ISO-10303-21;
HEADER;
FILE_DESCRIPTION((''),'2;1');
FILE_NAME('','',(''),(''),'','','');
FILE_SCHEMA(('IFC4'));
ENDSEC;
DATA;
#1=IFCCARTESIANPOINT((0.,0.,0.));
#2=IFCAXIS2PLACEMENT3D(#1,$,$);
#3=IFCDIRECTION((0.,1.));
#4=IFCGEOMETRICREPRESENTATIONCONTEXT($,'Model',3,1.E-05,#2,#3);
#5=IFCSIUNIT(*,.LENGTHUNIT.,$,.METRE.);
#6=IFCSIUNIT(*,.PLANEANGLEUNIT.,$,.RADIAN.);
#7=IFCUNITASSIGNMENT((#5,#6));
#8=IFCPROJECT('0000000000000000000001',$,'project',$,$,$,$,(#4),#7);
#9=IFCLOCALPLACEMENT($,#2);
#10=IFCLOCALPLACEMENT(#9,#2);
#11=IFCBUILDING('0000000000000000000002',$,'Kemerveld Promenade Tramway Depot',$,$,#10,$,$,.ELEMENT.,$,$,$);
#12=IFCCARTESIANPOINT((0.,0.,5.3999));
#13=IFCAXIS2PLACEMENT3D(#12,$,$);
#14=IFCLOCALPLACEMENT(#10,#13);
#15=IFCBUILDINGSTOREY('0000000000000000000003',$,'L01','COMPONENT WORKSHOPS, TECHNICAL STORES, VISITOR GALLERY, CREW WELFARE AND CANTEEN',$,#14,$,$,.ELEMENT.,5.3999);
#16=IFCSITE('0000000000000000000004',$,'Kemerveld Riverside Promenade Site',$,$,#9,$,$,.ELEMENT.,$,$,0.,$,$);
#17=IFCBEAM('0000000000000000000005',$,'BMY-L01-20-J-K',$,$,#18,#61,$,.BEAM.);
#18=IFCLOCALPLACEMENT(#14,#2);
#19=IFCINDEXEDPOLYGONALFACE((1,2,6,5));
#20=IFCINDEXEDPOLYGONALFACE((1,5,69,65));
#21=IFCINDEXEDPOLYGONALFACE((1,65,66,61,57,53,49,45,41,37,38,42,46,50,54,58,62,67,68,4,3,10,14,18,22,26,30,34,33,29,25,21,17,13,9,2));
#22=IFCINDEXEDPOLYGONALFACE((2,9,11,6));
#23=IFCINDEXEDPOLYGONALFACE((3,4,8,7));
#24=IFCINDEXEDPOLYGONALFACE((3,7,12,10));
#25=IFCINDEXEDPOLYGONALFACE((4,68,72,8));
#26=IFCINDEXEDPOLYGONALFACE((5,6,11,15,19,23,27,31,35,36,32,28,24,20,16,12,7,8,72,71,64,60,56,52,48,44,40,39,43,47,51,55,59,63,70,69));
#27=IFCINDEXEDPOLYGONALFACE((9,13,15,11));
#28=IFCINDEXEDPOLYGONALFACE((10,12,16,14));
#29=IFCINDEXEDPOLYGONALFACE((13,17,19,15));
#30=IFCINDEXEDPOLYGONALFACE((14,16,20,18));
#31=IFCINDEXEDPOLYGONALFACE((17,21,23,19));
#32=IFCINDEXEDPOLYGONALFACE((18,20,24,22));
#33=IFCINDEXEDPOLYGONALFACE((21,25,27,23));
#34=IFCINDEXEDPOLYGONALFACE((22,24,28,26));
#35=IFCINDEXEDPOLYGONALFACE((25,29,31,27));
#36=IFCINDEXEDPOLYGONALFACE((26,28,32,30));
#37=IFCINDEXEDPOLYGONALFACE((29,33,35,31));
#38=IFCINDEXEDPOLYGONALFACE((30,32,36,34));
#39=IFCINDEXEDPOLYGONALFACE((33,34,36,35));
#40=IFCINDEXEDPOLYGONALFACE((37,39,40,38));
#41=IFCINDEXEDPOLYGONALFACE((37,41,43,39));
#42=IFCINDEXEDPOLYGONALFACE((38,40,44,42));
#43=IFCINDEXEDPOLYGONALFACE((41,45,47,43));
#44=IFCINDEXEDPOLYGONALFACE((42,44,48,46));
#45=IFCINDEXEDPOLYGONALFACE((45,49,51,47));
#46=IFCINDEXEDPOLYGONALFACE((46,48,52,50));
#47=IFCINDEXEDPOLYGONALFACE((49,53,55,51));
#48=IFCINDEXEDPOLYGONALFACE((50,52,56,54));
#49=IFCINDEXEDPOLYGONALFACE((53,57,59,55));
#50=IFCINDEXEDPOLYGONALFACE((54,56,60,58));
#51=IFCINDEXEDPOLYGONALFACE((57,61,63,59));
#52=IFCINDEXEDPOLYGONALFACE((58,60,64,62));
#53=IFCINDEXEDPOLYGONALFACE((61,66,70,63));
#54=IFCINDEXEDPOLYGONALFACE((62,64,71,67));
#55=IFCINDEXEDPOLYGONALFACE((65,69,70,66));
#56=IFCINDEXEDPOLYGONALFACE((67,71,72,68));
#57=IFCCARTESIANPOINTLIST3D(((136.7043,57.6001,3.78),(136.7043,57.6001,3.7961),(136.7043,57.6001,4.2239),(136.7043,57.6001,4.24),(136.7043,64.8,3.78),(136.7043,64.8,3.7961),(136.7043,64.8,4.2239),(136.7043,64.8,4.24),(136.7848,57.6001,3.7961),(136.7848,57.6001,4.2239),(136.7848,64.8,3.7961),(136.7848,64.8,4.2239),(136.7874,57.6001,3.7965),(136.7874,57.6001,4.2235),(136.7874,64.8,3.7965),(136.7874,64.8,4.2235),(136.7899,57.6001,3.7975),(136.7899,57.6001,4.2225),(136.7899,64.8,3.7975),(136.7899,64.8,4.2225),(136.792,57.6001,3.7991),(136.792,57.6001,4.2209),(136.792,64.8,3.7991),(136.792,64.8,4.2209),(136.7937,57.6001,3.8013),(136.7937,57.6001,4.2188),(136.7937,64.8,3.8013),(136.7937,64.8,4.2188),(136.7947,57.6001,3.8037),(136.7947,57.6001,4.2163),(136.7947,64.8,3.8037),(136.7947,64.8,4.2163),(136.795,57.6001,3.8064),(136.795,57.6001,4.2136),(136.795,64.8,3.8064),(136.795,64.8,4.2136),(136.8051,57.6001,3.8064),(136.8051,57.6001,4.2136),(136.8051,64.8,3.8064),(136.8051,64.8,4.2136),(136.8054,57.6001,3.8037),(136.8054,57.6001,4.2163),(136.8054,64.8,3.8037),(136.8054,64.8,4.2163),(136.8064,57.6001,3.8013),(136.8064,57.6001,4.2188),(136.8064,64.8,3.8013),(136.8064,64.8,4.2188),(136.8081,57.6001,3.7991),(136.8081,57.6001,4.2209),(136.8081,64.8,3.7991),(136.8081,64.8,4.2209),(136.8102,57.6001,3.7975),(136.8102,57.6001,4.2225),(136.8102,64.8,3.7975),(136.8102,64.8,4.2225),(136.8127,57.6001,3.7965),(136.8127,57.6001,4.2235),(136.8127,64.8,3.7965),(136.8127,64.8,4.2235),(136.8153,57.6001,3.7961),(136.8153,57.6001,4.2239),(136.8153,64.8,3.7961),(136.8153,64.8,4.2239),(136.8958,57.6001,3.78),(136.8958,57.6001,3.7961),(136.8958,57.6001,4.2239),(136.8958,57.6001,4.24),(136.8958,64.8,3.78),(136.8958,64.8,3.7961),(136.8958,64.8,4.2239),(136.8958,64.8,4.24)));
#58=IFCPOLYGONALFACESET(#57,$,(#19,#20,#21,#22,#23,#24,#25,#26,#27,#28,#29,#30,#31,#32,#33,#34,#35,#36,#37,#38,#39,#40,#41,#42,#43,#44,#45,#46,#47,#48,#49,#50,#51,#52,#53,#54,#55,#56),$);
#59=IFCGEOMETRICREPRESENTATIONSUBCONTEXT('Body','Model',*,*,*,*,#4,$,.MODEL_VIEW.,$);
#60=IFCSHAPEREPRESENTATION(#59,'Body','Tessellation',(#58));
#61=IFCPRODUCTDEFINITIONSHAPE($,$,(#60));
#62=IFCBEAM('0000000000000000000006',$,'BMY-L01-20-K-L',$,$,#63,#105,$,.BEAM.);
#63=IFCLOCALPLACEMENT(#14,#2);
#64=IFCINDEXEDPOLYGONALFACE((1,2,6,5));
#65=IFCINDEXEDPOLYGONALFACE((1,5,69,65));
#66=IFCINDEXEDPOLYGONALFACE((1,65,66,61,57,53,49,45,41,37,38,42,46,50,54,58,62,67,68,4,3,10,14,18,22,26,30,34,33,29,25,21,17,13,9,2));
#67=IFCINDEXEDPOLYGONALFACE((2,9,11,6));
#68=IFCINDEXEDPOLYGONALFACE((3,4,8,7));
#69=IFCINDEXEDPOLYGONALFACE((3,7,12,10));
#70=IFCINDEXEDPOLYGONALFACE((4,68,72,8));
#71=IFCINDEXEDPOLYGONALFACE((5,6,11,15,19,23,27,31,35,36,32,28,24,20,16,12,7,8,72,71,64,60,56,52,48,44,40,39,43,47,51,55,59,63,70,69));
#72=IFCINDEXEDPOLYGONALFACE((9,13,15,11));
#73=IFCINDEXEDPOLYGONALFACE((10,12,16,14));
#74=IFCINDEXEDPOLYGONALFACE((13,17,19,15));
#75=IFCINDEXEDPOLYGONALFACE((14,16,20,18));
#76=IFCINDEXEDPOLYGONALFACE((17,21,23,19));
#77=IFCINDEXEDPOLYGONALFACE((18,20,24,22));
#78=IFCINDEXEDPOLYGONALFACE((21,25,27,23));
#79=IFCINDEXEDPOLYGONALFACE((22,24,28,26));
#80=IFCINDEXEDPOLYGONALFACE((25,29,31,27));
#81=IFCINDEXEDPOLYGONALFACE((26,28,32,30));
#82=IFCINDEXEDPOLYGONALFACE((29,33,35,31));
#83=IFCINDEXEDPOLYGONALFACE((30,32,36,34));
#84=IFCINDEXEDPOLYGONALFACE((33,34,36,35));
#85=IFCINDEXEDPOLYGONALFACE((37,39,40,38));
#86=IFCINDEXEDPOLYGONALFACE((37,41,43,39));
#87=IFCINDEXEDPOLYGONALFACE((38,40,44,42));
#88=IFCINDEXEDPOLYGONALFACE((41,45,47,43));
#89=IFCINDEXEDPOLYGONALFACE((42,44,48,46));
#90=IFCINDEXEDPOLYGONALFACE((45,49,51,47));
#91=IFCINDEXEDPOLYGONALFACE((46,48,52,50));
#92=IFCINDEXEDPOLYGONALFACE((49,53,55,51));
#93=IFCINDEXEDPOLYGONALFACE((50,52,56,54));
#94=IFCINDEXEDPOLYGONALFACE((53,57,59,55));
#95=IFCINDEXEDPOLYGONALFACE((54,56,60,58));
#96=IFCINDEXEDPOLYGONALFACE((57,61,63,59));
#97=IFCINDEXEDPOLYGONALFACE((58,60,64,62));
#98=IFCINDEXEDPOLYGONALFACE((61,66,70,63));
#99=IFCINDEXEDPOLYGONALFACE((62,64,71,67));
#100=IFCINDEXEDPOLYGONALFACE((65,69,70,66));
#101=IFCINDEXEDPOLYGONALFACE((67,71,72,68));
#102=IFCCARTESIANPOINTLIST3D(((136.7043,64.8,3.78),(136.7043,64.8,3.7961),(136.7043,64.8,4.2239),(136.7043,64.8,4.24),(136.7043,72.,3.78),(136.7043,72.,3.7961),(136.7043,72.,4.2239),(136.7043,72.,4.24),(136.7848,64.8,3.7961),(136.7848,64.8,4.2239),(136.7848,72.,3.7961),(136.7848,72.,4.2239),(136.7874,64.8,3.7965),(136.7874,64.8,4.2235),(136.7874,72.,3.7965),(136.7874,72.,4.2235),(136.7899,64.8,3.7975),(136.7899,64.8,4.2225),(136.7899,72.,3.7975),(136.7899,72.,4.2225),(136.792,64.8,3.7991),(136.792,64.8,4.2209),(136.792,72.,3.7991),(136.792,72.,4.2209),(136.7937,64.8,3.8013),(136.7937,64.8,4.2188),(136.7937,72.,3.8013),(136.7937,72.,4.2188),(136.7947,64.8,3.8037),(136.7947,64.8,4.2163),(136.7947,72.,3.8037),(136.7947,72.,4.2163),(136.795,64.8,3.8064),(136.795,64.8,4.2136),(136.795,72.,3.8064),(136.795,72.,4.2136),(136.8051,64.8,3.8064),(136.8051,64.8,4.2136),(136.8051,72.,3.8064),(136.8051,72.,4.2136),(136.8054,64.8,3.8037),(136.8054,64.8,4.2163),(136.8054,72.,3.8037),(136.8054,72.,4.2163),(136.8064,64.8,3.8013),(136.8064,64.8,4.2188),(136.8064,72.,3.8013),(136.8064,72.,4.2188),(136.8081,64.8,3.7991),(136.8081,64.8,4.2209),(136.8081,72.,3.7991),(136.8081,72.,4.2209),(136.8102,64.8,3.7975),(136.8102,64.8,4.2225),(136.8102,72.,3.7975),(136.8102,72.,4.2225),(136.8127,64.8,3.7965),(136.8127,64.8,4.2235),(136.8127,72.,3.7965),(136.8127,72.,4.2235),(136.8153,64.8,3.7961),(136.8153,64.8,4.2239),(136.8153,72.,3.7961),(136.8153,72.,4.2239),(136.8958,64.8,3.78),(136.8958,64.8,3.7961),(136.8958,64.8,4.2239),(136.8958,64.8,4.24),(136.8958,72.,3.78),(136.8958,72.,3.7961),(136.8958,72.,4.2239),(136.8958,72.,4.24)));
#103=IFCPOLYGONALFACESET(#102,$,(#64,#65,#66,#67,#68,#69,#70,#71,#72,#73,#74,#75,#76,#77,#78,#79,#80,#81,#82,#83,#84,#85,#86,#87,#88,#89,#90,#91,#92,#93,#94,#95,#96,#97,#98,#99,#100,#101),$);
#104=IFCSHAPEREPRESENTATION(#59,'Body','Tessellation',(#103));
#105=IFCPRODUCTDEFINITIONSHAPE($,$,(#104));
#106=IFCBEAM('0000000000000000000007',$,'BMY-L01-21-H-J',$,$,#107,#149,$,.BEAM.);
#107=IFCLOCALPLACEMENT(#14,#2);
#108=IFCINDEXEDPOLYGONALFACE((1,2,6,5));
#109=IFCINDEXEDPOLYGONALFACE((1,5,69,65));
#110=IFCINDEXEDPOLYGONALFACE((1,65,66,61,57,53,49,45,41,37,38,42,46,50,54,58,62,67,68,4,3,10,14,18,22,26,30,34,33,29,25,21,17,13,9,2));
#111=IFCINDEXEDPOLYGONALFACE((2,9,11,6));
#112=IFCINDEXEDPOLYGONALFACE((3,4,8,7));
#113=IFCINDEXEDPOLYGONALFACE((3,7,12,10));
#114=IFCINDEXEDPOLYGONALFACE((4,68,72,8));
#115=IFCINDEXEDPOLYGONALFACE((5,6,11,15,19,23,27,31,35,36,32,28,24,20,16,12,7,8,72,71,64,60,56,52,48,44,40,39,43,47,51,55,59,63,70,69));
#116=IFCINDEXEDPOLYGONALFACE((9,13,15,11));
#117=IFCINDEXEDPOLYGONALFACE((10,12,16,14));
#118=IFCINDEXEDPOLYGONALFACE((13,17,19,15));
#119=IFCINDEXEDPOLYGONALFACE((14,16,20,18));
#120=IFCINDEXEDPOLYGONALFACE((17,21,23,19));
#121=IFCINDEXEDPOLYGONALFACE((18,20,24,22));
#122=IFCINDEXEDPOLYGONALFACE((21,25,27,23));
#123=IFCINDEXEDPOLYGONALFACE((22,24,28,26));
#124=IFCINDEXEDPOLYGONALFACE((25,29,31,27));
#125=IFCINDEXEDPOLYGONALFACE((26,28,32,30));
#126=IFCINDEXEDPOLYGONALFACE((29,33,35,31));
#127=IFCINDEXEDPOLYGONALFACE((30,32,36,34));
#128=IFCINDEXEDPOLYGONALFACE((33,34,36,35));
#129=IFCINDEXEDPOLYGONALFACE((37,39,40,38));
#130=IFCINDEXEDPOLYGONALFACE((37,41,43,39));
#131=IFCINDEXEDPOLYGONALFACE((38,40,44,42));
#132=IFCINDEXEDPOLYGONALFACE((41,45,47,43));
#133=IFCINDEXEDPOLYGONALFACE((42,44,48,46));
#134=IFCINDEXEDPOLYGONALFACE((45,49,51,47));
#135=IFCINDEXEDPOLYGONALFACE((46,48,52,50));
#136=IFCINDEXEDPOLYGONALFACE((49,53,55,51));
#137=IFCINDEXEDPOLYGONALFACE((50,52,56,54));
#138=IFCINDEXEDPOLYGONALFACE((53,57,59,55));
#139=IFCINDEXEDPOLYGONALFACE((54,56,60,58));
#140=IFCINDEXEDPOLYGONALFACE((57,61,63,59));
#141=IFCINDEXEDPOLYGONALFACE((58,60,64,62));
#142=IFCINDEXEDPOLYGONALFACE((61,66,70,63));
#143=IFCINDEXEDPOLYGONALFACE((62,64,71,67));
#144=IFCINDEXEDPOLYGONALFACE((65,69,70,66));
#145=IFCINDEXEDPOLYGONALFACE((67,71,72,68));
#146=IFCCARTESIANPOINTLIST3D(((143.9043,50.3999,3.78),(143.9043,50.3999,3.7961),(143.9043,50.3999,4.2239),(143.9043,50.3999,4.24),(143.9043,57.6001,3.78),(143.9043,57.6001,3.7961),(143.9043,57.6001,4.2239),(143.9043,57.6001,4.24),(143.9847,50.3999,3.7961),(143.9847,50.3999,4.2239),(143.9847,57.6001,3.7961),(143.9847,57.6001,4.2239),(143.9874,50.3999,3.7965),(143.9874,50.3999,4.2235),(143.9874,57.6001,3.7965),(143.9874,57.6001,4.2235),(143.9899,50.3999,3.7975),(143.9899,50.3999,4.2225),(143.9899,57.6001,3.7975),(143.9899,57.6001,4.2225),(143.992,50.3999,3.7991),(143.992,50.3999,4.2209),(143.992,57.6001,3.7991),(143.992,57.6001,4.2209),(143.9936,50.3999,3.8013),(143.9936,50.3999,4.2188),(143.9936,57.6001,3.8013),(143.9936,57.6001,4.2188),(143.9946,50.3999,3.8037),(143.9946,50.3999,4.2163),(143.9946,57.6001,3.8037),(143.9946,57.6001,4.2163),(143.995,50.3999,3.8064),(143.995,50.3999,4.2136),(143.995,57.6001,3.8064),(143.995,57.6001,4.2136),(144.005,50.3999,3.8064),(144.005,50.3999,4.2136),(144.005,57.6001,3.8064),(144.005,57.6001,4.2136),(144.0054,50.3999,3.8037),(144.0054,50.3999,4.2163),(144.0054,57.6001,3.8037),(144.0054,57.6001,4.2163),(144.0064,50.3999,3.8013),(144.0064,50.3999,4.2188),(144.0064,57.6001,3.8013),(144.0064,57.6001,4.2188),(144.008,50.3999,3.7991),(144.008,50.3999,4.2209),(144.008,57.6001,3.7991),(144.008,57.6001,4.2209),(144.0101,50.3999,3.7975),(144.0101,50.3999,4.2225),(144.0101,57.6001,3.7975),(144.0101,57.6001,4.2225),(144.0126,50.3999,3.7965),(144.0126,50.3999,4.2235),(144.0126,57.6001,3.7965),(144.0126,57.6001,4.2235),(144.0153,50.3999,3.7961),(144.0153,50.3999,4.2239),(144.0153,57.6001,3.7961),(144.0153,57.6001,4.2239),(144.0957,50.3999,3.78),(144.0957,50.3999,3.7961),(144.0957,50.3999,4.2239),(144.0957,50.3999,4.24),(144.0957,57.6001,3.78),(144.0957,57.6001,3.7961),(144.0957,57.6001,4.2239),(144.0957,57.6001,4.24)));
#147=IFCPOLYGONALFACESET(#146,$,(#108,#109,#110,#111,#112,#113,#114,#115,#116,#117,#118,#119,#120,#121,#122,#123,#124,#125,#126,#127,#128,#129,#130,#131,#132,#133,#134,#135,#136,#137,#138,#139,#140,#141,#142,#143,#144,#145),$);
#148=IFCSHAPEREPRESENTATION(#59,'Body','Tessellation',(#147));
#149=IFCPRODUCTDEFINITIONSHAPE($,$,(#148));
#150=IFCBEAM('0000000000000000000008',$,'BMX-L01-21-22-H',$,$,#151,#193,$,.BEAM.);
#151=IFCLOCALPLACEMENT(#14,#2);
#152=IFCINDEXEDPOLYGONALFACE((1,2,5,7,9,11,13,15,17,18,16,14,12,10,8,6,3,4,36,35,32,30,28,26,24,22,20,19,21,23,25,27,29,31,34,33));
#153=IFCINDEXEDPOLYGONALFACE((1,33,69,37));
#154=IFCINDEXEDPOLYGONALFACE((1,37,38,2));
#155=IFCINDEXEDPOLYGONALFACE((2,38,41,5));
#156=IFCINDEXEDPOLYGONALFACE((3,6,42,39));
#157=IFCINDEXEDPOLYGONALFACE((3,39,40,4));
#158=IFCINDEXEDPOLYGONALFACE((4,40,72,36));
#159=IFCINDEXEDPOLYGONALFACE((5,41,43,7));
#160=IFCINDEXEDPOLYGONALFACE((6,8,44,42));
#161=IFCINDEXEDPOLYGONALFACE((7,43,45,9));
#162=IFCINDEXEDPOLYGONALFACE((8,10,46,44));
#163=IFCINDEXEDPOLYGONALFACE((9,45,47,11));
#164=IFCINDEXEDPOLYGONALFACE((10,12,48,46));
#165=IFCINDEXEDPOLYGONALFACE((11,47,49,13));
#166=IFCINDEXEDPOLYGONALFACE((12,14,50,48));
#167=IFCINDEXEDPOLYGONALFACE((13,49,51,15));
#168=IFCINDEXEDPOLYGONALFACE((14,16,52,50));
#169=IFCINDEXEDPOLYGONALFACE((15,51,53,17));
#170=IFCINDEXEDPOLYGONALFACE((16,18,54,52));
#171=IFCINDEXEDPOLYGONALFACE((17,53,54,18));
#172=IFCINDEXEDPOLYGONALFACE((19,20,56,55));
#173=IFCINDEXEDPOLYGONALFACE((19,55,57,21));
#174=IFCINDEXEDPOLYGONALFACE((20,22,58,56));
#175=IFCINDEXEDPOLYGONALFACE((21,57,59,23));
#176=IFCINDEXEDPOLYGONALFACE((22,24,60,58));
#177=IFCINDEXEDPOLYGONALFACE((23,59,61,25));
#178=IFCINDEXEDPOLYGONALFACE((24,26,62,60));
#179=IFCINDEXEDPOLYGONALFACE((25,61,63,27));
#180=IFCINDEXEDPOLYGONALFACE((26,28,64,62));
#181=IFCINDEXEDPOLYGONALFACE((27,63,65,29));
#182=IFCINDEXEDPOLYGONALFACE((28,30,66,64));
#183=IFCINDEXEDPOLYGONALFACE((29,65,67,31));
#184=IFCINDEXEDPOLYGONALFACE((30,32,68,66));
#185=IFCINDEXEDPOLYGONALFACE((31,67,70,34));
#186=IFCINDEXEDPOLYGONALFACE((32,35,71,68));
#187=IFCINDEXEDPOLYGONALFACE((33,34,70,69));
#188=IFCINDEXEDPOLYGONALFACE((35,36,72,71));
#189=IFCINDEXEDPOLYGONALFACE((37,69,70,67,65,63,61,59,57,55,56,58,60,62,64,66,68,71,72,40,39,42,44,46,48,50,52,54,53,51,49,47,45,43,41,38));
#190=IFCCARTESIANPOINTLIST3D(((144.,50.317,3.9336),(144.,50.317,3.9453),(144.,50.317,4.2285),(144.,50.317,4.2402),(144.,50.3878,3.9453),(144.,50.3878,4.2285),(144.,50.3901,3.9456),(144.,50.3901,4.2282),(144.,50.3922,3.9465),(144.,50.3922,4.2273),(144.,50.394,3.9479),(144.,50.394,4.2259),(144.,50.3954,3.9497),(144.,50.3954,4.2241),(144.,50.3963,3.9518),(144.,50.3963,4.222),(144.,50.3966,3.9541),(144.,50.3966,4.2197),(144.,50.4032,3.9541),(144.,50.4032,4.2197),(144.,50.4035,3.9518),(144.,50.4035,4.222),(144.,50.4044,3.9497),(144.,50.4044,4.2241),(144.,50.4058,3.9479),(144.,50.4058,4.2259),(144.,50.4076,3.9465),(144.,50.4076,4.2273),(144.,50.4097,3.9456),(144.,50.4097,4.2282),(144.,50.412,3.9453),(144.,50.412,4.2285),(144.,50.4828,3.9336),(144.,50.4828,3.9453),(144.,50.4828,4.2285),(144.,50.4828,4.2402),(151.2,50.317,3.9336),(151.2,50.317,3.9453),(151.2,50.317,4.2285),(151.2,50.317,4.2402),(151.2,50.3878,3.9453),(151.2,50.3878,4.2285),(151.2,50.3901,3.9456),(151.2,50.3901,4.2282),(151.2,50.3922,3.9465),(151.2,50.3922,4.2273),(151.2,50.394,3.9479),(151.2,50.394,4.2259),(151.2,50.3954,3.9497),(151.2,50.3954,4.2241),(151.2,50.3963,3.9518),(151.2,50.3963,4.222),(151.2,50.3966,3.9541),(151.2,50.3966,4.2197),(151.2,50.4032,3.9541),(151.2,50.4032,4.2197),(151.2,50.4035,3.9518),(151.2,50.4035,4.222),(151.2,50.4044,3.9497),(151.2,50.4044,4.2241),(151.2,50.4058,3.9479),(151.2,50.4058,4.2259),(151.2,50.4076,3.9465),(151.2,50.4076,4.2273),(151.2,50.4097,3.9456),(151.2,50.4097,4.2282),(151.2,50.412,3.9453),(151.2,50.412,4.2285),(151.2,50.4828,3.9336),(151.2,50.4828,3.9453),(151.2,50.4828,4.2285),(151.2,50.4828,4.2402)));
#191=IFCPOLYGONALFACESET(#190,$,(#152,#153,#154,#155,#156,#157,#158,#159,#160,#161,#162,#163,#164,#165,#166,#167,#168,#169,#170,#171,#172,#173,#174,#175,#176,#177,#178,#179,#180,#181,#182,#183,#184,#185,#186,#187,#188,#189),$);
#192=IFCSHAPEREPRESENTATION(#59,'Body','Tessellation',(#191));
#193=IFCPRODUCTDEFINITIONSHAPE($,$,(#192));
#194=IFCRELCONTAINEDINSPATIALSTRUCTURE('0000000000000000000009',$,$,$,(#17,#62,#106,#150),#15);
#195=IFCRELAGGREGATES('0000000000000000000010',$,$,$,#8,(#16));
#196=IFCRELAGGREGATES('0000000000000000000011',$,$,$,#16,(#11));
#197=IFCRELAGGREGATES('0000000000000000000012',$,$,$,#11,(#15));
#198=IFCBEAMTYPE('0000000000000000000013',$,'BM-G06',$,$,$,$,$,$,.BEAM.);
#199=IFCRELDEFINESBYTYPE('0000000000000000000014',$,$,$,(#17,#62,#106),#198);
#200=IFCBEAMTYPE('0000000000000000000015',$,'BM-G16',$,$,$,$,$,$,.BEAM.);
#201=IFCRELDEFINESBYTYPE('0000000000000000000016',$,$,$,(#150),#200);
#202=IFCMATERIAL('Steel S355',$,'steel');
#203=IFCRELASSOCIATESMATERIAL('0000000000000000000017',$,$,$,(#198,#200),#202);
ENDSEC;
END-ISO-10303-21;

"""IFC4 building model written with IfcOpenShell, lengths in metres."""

from ifc_helpers import new_model, si_unit, direction, frame, origin, origin_2d, place, context, subcontext, project, spatial, i_section, extrude, material, material_profile, profile_set, type_object, element, save


model = new_model("IFC4")

# Units and contexts
model_context = context("Model", 3, precision=1e-05, world=origin(), true_north=direction((0.0, 1.0)))
body_context = subcontext(model_context, "Body", "Model", "MODEL_VIEW")
ifc_project = project(units=[si_unit("LENGTHUNIT", "METRE"), si_unit("PLANEANGLEUNIT", "RADIAN")], contexts=[model_context])

# Site, building, storey
site_placement = place(None, origin())
site = spatial("IfcSite", under=ifc_project, at=site_placement, Name="Kemerveld Riverside Promenade Site", CompositionType="ELEMENT", RefElevation=0.0)
building_placement = place(site_placement, origin())
building = spatial("IfcBuilding", under=site, at=building_placement, Name="Kemerveld Promenade Tramway Depot", CompositionType="ELEMENT")
storey_placement = place(building_placement, frame((0.0, 0.0, 5.3999)))
storey = spatial("IfcBuildingStorey", under=building, at=storey_placement, Name="L01", Description="COMPONENT WORKSHOPS, TECHNICAL STORES, VISITOR GALLERY, CREW WELFARE AND CANTEEN", CompositionType="ELEMENT", Elevation=5.3999)

# Beams
ifc_material_1 = material(Name="Steel S355", Category="steel")
ifc_material_profile_1 = material_profile(ifc_material_1, i_section(OverallWidth=0.1914, OverallDepth=0.46, WebThickness=0.01, FlangeThickness=0.0161, FilletRadius=0.0103, at=origin_2d()), Name="457x191x82 UB")
ifc_profile_set_1 = profile_set([ifc_material_profile_1], Name="Steel S355")
beam_type_1 = type_object("IfcBeamType", Name="BM-G06", PredefinedType="BEAM", material=ifc_profile_set_1)
for number, where, z_axis, x_axis, name in (
    (1, (136.8, 57.6001, 4.01), (0.0, 1.0, 0.0), (-1.0, 0.0, 0.0), "BMY-L01-20-J-K"),
    (2, (136.8, 64.8, 4.01), (0.0, 1.0, 0.0), (-1.0, 0.0, 0.0), "BMY-L01-20-K-L"),
):
    element("IfcBeam", number, at=place(storey_placement, frame(where, z_axis=z_axis, x_axis=x_axis)), inside=storey, type_object=beam_type_1, Name=name, PredefinedType="BEAM", context=body_context, shape_type="SweptSolid", body=[
        extrude(i_section(OverallWidth=0.1914, OverallDepth=0.46, WebThickness=0.01, FlangeThickness=0.0161, FilletRadius=0.0103, at=origin_2d()), origin(), (0.0, 0.0, 1.0), 7.2),
    ])
beam_1_placement = place(storey_placement, frame((144.0, 50.3999, 4.01), z_axis=(0.0, 1.0, 0.0), x_axis=(-1.0, 0.0, 0.0)))
element("IfcBeam", 3, at=beam_1_placement, inside=storey, type_object=beam_type_1, Name="BMY-L01-21-H-J", PredefinedType="BEAM", context=body_context, shape_type="SweptSolid", body=[
    extrude(i_section(OverallWidth=0.1914, OverallDepth=0.46, WebThickness=0.01, FlangeThickness=0.0161, FilletRadius=0.0103, at=origin_2d()), origin(), (0.0, 0.0, 1.0), 7.2002),
])
ifc_material_profile_2 = material_profile(ifc_material_1, i_section(OverallWidth=0.1658, OverallDepth=0.3066, WebThickness=0.0066, FlangeThickness=0.0117, FilletRadius=0.0088, at=origin_2d()), Name="305x165x46 UB")
ifc_profile_set_2 = profile_set([ifc_material_profile_2], Name="Steel S355")
beam_type_2 = type_object("IfcBeamType", Name="BM-G16", PredefinedType="BEAM", material=ifc_profile_set_2)
beam_2_placement = place(storey_placement, frame((144.0, 50.3999, 4.0869), z_axis=(1.0, 0.0, 0.0), x_axis=(0.0, 1.0, 0.0)))
element("IfcBeam", 4, at=beam_2_placement, inside=storey, type_object=beam_type_2, Name="BMX-L01-21-22-H", PredefinedType="BEAM", context=body_context, shape_type="SweptSolid", body=[
    extrude(i_section(OverallWidth=0.1658, OverallDepth=0.3066, WebThickness=0.0066, FlangeThickness=0.0117, FilletRadius=0.0088, at=origin_2d()), origin(), (0.0, 0.0, 1.0), 7.2),
])

save(model, "model.ifc")
